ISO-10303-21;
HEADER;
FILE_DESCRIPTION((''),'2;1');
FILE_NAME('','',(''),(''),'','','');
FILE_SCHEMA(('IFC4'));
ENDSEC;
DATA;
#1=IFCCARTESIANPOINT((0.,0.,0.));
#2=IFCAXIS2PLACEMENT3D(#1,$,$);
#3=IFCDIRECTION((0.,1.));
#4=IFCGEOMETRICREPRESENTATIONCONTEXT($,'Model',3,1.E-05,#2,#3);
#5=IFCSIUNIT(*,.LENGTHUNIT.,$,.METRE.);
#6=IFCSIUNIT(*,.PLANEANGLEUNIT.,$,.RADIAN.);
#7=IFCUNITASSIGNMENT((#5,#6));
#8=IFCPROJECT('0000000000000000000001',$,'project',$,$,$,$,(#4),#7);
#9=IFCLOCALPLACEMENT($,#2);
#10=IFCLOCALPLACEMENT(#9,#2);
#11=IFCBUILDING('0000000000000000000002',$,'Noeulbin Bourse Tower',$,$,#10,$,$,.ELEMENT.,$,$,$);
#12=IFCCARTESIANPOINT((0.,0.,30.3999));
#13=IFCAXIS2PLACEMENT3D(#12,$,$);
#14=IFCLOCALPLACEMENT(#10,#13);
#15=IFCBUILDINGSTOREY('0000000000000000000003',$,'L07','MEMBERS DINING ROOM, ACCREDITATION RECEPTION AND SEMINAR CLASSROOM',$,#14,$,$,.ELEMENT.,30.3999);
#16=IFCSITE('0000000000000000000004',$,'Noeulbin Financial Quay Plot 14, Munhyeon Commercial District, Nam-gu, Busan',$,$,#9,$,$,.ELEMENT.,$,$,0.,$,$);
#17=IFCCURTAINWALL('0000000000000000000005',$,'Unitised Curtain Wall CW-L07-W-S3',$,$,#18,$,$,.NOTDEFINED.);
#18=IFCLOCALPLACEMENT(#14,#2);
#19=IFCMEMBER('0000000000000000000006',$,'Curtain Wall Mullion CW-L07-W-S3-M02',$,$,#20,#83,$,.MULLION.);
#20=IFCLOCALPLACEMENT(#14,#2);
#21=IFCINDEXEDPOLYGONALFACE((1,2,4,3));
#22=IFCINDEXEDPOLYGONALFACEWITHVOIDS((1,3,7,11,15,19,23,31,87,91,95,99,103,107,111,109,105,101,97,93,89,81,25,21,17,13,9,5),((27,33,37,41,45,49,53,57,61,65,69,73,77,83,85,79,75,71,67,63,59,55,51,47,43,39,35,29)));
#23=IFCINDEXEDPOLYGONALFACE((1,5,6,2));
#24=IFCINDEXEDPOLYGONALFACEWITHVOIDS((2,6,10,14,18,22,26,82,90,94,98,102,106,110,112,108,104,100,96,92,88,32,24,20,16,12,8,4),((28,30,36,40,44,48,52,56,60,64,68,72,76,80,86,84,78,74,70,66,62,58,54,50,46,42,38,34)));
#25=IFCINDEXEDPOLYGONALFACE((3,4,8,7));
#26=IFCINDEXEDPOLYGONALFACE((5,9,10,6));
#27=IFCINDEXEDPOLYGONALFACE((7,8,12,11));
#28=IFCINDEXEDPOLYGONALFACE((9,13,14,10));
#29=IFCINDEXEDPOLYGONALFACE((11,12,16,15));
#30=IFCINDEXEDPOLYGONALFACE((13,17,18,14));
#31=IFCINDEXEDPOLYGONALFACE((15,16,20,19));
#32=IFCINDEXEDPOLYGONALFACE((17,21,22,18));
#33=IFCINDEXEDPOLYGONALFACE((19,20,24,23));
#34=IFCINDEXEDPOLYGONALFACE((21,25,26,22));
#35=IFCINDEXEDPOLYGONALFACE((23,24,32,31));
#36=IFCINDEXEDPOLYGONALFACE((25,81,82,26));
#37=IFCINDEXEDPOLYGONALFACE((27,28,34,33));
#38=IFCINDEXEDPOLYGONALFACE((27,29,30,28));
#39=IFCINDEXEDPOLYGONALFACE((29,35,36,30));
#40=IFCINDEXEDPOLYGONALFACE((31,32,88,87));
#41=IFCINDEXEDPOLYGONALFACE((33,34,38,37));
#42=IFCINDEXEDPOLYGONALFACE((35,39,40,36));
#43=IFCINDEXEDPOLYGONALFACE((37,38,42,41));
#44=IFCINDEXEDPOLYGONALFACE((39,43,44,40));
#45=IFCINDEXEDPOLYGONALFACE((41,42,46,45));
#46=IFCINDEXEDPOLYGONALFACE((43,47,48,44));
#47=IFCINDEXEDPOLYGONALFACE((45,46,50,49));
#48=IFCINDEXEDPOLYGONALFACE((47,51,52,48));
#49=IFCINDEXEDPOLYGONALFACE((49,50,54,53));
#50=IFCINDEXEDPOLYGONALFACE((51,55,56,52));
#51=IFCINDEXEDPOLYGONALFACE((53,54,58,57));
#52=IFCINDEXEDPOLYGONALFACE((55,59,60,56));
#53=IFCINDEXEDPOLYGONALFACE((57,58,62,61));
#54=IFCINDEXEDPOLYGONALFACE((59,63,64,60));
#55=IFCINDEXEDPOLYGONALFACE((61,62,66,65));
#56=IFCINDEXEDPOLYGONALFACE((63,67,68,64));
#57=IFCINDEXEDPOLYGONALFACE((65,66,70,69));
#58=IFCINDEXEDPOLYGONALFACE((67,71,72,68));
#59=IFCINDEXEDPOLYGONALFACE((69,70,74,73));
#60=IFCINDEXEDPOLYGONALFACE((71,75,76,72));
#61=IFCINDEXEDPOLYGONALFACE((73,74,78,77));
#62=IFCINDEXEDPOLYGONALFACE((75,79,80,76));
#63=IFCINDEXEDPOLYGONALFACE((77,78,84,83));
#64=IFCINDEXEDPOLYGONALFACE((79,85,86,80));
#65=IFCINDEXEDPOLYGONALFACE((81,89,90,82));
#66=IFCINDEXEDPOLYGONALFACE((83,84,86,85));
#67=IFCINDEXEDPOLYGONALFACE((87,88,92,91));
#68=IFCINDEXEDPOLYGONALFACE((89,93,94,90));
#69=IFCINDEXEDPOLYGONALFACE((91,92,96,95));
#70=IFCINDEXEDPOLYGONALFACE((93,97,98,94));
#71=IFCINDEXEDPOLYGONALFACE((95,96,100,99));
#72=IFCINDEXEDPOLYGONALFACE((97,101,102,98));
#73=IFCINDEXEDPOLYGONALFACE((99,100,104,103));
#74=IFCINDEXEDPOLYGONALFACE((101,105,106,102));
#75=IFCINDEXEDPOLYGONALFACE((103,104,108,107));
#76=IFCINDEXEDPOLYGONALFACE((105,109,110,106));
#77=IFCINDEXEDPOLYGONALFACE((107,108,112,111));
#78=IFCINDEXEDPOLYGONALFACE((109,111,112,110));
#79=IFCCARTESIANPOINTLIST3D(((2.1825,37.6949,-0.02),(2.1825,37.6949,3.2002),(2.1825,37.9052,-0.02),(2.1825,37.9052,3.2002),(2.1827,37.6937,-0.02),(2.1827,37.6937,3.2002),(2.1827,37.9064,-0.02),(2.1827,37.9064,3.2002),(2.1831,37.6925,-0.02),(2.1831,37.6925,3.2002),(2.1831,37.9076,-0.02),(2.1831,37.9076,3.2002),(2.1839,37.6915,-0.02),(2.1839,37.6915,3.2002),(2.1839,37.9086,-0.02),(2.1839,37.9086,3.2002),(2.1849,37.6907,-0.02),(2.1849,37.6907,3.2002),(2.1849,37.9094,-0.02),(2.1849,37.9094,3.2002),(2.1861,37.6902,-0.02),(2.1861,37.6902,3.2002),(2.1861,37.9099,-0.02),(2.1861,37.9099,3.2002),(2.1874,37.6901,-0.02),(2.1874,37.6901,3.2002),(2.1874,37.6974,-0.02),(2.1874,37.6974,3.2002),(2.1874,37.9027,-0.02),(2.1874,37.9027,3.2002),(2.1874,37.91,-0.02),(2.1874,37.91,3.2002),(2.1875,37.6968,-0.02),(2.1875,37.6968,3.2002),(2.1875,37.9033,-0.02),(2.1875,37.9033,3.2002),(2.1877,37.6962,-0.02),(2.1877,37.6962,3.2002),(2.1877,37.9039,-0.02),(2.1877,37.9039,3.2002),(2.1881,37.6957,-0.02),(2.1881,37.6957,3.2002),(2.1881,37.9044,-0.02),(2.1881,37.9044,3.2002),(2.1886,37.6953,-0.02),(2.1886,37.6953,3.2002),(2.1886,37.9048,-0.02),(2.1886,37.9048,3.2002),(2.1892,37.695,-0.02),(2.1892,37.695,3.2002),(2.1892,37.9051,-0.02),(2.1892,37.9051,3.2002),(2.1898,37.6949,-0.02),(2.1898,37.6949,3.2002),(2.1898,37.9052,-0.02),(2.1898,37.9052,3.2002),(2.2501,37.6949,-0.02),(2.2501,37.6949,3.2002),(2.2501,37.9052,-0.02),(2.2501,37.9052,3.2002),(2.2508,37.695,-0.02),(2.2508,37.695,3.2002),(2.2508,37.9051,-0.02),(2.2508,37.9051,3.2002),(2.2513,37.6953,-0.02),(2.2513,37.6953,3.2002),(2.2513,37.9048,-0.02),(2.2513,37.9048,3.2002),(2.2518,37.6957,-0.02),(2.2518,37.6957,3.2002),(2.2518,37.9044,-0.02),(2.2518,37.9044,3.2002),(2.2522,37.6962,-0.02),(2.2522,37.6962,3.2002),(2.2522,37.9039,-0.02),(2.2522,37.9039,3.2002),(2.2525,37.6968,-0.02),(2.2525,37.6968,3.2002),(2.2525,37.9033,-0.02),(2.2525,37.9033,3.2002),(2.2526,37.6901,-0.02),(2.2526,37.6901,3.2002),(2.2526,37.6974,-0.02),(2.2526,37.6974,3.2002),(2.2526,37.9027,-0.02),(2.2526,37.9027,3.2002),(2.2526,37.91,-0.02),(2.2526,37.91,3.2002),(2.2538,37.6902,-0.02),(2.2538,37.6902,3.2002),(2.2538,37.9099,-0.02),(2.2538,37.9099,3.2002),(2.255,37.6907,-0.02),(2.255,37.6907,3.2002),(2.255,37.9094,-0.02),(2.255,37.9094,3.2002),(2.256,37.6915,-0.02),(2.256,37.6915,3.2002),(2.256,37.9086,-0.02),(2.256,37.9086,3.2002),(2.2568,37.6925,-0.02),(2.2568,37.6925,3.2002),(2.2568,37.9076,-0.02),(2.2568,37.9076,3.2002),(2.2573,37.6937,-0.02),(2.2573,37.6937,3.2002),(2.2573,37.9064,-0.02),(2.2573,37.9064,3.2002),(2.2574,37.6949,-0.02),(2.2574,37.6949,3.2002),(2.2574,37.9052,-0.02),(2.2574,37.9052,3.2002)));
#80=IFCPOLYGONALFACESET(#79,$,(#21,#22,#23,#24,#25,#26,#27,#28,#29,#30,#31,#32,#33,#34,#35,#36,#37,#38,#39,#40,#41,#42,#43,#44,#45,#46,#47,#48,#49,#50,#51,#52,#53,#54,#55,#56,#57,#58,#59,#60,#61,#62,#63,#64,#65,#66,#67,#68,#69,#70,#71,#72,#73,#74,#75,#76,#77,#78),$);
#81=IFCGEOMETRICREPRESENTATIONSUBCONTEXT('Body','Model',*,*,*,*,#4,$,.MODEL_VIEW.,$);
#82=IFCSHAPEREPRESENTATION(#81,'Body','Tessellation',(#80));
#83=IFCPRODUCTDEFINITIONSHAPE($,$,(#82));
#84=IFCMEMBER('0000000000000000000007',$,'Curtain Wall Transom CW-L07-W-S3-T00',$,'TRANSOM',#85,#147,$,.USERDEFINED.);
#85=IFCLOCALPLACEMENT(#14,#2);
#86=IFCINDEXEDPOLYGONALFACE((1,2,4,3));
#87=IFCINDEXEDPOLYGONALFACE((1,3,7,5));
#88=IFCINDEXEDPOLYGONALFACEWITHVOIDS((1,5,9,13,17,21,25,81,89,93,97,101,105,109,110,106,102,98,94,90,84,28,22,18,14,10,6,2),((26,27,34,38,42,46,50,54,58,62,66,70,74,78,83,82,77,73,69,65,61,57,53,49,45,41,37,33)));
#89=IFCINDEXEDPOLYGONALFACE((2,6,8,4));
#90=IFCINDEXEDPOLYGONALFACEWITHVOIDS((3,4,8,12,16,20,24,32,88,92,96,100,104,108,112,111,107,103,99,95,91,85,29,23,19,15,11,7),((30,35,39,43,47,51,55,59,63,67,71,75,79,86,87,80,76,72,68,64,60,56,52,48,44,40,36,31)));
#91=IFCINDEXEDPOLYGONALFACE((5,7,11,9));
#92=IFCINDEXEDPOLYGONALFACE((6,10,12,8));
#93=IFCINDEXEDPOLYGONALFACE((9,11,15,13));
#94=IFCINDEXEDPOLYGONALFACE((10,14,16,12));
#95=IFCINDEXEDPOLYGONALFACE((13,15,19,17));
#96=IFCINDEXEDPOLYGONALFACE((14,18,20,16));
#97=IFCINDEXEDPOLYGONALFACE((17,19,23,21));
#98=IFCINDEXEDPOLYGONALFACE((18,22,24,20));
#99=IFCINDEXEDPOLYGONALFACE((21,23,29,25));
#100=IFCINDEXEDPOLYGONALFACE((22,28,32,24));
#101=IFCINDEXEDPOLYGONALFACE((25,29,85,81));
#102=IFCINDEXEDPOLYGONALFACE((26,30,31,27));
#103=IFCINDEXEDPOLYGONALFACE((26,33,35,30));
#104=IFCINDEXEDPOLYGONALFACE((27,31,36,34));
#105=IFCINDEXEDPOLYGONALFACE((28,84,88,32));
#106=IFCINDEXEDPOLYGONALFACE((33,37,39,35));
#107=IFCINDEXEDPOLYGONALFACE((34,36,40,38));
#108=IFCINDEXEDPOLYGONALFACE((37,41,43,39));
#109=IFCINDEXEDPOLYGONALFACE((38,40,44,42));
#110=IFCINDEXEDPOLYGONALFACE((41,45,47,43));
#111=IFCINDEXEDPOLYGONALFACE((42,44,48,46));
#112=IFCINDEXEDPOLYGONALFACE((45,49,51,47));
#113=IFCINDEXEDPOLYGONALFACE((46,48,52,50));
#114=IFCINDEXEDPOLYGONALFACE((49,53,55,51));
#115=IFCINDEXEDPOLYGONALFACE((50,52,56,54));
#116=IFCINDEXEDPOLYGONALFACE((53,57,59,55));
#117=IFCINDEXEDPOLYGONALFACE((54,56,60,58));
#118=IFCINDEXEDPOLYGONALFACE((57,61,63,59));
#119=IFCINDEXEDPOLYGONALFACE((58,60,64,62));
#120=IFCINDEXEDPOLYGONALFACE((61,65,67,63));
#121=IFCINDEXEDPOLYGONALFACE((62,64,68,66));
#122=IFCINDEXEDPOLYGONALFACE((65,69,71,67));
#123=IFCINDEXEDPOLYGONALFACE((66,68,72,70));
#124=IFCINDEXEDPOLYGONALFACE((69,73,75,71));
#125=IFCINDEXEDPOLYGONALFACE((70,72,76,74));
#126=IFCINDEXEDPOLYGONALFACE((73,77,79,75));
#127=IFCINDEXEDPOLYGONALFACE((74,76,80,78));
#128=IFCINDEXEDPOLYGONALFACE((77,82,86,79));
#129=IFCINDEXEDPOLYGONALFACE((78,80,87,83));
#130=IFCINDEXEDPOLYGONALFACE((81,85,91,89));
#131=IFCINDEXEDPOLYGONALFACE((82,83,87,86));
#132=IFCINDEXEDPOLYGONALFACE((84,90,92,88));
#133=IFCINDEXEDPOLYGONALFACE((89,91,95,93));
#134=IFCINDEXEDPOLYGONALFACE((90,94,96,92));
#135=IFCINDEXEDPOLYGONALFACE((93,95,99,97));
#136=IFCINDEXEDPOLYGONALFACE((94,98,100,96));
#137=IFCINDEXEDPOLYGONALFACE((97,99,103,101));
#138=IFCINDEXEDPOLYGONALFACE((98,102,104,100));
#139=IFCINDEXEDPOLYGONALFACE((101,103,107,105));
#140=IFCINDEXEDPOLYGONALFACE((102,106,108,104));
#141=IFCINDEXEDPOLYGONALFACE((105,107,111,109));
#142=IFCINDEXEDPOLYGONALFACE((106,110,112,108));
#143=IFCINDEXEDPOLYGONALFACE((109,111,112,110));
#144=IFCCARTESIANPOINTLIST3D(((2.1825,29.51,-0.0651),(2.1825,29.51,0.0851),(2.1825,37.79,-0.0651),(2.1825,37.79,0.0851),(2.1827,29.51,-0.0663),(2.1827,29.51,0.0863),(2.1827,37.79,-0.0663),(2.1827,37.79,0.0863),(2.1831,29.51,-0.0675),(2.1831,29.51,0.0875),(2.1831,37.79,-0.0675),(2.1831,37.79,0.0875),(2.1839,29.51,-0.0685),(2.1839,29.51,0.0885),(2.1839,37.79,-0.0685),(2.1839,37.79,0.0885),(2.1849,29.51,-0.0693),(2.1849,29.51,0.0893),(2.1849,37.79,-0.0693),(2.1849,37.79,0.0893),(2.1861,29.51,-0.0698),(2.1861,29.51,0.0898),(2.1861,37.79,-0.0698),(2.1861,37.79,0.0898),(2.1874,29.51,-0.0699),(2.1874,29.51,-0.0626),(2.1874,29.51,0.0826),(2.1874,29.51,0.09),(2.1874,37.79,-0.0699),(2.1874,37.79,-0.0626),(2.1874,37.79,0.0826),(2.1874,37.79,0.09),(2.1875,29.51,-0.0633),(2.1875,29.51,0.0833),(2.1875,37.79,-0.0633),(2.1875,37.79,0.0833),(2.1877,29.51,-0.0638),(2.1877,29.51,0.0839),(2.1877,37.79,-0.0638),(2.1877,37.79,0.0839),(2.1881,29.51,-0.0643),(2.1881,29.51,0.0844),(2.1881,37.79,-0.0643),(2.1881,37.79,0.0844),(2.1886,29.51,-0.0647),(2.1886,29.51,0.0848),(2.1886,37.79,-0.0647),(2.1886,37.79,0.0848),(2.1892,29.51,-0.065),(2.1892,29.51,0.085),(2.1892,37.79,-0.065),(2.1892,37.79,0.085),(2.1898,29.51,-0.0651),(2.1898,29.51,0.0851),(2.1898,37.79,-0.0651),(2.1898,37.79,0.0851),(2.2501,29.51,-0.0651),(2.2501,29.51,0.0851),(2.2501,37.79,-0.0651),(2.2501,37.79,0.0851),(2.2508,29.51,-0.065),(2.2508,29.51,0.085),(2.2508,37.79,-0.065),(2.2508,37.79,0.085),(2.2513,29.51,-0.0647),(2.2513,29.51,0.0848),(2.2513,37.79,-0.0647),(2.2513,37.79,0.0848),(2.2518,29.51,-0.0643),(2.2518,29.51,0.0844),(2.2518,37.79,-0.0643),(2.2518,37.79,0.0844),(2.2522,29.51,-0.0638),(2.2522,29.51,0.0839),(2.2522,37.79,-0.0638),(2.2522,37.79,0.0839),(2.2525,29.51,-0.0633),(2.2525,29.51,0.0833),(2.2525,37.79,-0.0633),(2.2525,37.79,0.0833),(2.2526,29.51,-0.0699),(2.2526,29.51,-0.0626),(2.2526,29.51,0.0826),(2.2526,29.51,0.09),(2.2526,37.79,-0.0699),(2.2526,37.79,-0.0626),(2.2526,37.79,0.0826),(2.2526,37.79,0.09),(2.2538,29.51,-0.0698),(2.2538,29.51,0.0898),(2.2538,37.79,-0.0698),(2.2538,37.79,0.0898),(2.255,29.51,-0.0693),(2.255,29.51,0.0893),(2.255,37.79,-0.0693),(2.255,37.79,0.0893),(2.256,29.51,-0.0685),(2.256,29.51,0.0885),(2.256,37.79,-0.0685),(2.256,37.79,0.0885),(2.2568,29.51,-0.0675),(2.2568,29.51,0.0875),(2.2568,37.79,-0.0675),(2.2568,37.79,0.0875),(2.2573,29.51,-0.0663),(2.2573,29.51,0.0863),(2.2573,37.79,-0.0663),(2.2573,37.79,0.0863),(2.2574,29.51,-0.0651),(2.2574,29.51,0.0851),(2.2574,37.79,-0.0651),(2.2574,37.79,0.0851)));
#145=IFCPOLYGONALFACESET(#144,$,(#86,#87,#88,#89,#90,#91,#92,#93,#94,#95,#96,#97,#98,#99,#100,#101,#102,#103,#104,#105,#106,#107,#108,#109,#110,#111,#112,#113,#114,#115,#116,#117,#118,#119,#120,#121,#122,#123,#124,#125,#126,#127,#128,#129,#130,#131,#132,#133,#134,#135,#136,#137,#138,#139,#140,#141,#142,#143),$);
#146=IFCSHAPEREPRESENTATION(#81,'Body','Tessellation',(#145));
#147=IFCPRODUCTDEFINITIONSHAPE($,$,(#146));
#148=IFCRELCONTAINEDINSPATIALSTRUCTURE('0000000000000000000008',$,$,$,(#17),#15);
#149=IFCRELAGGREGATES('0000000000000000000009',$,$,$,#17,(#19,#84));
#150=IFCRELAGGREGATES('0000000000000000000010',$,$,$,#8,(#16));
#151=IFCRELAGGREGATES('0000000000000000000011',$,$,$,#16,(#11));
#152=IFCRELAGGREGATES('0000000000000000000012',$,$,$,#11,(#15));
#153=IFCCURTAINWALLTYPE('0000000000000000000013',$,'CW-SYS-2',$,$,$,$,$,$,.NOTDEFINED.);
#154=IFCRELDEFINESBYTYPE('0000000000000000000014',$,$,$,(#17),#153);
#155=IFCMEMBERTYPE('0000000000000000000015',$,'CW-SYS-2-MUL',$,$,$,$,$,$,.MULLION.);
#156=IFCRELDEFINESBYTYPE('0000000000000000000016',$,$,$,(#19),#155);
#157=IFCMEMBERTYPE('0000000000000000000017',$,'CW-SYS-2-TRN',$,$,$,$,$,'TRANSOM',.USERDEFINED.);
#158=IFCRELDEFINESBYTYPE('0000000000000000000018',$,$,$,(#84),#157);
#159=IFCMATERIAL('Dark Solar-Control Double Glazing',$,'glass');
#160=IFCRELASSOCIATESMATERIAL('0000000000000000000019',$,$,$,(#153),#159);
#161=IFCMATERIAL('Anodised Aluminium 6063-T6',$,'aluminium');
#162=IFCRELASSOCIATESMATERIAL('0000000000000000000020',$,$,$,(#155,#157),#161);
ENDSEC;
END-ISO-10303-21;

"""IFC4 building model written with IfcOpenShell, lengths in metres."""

from ifc_helpers import new_model, si_unit, direction, frame, origin, origin_2d, place, context, subcontext, project, spatial, hollow_rectangle, extrude, material, material_profile, profile_set, type_object, element, aggregate, save


model = new_model("IFC4")

# Units and contexts
model_context = context("Model", 3, precision=1e-05, world=origin(), true_north=direction((0.0, 1.0)))
body_context = subcontext(model_context, "Body", "Model", "MODEL_VIEW")
ifc_project = project(units=[si_unit("LENGTHUNIT", "METRE"), si_unit("PLANEANGLEUNIT", "RADIAN")], contexts=[model_context])

# Site, building, storey
site_placement = place(None, origin())
site = spatial("IfcSite", under=ifc_project, at=site_placement, Name="Noeulbin Financial Quay Plot 14, Munhyeon Commercial District, Nam-gu, Busan", CompositionType="ELEMENT", RefElevation=0.0)
building_placement = place(site_placement, origin())
building = spatial("IfcBuilding", under=site, at=building_placement, Name="Noeulbin Bourse Tower", CompositionType="ELEMENT")
storey_placement = place(building_placement, frame((0.0, 0.0, 30.3999)))
storey = spatial("IfcBuildingStorey", under=building, at=storey_placement, Name="L07", Description="MEMBERS DINING ROOM, ACCREDITATION RECEPTION AND SEMINAR CLASSROOM", CompositionType="ELEMENT", Elevation=30.3999)

# Shared definitions
ifc_material_1 = material(Name="Dark Solar-Control Double Glazing", Category="glass")
curtain_wall_type = type_object("IfcCurtainWallType", Name="CW-SYS-2", PredefinedType="NOTDEFINED", material=ifc_material_1)
ifc_material_2 = material(Name="Anodised Aluminium 6063-T6", Category="aluminium")
ifc_material_profile_1 = material_profile(ifc_material_2, hollow_rectangle(XDim=0.075, YDim=0.22, WallThickness=0.0049, InnerFilletRadius=0.0024, OuterFilletRadius=0.0049, at=origin_2d()), Name="ALU-MULL-75x220x5", Category="LoadBearing")
ifc_profile_set_1 = profile_set([ifc_material_profile_1], Name="Anodised Aluminium 6063-T6")
member_type_1 = type_object("IfcMemberType", Name="CW-SYS-2-MUL", PredefinedType="MULLION", material=ifc_profile_set_1)

# Curtain wall, members
curtain_wall_1_placement = place(storey_placement, origin())
curtain_wall_1 = element("IfcCurtainWall", 1, at=curtain_wall_1_placement, inside=storey, type_object=curtain_wall_type, Name="Unitised Curtain Wall CW-L07-W-S3", PredefinedType="NOTDEFINED")
member_1_placement = place(storey_placement, frame((2.22, 37.8, -0.02), z_axis=(0.0, 0.0, 1.0), x_axis=(1.0, 0.0, 0.0)))
member_1 = element("IfcMember", 2, at=member_1_placement, type_object=member_type_1, Name="Curtain Wall Mullion CW-L07-W-S3-M02", PredefinedType="MULLION", context=body_context, shape_type="SweptSolid", body=[
    extrude(hollow_rectangle(XDim=0.075, YDim=0.22, WallThickness=0.0049, InnerFilletRadius=0.0024, OuterFilletRadius=0.0049, at=origin_2d()), origin(), (0.0, 0.0, 1.0), 3.2202),
])
ifc_material_profile_2 = material_profile(ifc_material_2, hollow_rectangle(XDim=0.075, YDim=0.1599, WallThickness=0.0049, InnerFilletRadius=0.0024, OuterFilletRadius=0.0049, at=origin_2d()), Name="ALU-TRAN-75x160x5", Category="LoadBearing")
ifc_profile_set_2 = profile_set([ifc_material_profile_2], Name="Anodised Aluminium 6063-T6")
member_type_2 = type_object("IfcMemberType", Name="CW-SYS-2-TRN", ElementType="TRANSOM", PredefinedType="USERDEFINED", material=ifc_profile_set_2)
member_2_placement = place(storey_placement, frame((2.22, 29.51, 0.01), z_axis=(0.0, 1.0, 0.0), x_axis=(-1.0, 0.0, 0.0)))
member_2 = element("IfcMember", 3, at=member_2_placement, type_object=member_type_2, Name="Curtain Wall Transom CW-L07-W-S3-T00", ObjectType="TRANSOM", PredefinedType="USERDEFINED", context=body_context, shape_type="SweptSolid", body=[
    extrude(hollow_rectangle(XDim=0.075, YDim=0.1599, WallThickness=0.0049, InnerFilletRadius=0.0024, OuterFilletRadius=0.0049, at=origin_2d()), origin(), (0.0, 0.0, 1.0), 8.28),
])
aggregate(curtain_wall_1, [member_1, member_2])

save(model, "model.ifc")
